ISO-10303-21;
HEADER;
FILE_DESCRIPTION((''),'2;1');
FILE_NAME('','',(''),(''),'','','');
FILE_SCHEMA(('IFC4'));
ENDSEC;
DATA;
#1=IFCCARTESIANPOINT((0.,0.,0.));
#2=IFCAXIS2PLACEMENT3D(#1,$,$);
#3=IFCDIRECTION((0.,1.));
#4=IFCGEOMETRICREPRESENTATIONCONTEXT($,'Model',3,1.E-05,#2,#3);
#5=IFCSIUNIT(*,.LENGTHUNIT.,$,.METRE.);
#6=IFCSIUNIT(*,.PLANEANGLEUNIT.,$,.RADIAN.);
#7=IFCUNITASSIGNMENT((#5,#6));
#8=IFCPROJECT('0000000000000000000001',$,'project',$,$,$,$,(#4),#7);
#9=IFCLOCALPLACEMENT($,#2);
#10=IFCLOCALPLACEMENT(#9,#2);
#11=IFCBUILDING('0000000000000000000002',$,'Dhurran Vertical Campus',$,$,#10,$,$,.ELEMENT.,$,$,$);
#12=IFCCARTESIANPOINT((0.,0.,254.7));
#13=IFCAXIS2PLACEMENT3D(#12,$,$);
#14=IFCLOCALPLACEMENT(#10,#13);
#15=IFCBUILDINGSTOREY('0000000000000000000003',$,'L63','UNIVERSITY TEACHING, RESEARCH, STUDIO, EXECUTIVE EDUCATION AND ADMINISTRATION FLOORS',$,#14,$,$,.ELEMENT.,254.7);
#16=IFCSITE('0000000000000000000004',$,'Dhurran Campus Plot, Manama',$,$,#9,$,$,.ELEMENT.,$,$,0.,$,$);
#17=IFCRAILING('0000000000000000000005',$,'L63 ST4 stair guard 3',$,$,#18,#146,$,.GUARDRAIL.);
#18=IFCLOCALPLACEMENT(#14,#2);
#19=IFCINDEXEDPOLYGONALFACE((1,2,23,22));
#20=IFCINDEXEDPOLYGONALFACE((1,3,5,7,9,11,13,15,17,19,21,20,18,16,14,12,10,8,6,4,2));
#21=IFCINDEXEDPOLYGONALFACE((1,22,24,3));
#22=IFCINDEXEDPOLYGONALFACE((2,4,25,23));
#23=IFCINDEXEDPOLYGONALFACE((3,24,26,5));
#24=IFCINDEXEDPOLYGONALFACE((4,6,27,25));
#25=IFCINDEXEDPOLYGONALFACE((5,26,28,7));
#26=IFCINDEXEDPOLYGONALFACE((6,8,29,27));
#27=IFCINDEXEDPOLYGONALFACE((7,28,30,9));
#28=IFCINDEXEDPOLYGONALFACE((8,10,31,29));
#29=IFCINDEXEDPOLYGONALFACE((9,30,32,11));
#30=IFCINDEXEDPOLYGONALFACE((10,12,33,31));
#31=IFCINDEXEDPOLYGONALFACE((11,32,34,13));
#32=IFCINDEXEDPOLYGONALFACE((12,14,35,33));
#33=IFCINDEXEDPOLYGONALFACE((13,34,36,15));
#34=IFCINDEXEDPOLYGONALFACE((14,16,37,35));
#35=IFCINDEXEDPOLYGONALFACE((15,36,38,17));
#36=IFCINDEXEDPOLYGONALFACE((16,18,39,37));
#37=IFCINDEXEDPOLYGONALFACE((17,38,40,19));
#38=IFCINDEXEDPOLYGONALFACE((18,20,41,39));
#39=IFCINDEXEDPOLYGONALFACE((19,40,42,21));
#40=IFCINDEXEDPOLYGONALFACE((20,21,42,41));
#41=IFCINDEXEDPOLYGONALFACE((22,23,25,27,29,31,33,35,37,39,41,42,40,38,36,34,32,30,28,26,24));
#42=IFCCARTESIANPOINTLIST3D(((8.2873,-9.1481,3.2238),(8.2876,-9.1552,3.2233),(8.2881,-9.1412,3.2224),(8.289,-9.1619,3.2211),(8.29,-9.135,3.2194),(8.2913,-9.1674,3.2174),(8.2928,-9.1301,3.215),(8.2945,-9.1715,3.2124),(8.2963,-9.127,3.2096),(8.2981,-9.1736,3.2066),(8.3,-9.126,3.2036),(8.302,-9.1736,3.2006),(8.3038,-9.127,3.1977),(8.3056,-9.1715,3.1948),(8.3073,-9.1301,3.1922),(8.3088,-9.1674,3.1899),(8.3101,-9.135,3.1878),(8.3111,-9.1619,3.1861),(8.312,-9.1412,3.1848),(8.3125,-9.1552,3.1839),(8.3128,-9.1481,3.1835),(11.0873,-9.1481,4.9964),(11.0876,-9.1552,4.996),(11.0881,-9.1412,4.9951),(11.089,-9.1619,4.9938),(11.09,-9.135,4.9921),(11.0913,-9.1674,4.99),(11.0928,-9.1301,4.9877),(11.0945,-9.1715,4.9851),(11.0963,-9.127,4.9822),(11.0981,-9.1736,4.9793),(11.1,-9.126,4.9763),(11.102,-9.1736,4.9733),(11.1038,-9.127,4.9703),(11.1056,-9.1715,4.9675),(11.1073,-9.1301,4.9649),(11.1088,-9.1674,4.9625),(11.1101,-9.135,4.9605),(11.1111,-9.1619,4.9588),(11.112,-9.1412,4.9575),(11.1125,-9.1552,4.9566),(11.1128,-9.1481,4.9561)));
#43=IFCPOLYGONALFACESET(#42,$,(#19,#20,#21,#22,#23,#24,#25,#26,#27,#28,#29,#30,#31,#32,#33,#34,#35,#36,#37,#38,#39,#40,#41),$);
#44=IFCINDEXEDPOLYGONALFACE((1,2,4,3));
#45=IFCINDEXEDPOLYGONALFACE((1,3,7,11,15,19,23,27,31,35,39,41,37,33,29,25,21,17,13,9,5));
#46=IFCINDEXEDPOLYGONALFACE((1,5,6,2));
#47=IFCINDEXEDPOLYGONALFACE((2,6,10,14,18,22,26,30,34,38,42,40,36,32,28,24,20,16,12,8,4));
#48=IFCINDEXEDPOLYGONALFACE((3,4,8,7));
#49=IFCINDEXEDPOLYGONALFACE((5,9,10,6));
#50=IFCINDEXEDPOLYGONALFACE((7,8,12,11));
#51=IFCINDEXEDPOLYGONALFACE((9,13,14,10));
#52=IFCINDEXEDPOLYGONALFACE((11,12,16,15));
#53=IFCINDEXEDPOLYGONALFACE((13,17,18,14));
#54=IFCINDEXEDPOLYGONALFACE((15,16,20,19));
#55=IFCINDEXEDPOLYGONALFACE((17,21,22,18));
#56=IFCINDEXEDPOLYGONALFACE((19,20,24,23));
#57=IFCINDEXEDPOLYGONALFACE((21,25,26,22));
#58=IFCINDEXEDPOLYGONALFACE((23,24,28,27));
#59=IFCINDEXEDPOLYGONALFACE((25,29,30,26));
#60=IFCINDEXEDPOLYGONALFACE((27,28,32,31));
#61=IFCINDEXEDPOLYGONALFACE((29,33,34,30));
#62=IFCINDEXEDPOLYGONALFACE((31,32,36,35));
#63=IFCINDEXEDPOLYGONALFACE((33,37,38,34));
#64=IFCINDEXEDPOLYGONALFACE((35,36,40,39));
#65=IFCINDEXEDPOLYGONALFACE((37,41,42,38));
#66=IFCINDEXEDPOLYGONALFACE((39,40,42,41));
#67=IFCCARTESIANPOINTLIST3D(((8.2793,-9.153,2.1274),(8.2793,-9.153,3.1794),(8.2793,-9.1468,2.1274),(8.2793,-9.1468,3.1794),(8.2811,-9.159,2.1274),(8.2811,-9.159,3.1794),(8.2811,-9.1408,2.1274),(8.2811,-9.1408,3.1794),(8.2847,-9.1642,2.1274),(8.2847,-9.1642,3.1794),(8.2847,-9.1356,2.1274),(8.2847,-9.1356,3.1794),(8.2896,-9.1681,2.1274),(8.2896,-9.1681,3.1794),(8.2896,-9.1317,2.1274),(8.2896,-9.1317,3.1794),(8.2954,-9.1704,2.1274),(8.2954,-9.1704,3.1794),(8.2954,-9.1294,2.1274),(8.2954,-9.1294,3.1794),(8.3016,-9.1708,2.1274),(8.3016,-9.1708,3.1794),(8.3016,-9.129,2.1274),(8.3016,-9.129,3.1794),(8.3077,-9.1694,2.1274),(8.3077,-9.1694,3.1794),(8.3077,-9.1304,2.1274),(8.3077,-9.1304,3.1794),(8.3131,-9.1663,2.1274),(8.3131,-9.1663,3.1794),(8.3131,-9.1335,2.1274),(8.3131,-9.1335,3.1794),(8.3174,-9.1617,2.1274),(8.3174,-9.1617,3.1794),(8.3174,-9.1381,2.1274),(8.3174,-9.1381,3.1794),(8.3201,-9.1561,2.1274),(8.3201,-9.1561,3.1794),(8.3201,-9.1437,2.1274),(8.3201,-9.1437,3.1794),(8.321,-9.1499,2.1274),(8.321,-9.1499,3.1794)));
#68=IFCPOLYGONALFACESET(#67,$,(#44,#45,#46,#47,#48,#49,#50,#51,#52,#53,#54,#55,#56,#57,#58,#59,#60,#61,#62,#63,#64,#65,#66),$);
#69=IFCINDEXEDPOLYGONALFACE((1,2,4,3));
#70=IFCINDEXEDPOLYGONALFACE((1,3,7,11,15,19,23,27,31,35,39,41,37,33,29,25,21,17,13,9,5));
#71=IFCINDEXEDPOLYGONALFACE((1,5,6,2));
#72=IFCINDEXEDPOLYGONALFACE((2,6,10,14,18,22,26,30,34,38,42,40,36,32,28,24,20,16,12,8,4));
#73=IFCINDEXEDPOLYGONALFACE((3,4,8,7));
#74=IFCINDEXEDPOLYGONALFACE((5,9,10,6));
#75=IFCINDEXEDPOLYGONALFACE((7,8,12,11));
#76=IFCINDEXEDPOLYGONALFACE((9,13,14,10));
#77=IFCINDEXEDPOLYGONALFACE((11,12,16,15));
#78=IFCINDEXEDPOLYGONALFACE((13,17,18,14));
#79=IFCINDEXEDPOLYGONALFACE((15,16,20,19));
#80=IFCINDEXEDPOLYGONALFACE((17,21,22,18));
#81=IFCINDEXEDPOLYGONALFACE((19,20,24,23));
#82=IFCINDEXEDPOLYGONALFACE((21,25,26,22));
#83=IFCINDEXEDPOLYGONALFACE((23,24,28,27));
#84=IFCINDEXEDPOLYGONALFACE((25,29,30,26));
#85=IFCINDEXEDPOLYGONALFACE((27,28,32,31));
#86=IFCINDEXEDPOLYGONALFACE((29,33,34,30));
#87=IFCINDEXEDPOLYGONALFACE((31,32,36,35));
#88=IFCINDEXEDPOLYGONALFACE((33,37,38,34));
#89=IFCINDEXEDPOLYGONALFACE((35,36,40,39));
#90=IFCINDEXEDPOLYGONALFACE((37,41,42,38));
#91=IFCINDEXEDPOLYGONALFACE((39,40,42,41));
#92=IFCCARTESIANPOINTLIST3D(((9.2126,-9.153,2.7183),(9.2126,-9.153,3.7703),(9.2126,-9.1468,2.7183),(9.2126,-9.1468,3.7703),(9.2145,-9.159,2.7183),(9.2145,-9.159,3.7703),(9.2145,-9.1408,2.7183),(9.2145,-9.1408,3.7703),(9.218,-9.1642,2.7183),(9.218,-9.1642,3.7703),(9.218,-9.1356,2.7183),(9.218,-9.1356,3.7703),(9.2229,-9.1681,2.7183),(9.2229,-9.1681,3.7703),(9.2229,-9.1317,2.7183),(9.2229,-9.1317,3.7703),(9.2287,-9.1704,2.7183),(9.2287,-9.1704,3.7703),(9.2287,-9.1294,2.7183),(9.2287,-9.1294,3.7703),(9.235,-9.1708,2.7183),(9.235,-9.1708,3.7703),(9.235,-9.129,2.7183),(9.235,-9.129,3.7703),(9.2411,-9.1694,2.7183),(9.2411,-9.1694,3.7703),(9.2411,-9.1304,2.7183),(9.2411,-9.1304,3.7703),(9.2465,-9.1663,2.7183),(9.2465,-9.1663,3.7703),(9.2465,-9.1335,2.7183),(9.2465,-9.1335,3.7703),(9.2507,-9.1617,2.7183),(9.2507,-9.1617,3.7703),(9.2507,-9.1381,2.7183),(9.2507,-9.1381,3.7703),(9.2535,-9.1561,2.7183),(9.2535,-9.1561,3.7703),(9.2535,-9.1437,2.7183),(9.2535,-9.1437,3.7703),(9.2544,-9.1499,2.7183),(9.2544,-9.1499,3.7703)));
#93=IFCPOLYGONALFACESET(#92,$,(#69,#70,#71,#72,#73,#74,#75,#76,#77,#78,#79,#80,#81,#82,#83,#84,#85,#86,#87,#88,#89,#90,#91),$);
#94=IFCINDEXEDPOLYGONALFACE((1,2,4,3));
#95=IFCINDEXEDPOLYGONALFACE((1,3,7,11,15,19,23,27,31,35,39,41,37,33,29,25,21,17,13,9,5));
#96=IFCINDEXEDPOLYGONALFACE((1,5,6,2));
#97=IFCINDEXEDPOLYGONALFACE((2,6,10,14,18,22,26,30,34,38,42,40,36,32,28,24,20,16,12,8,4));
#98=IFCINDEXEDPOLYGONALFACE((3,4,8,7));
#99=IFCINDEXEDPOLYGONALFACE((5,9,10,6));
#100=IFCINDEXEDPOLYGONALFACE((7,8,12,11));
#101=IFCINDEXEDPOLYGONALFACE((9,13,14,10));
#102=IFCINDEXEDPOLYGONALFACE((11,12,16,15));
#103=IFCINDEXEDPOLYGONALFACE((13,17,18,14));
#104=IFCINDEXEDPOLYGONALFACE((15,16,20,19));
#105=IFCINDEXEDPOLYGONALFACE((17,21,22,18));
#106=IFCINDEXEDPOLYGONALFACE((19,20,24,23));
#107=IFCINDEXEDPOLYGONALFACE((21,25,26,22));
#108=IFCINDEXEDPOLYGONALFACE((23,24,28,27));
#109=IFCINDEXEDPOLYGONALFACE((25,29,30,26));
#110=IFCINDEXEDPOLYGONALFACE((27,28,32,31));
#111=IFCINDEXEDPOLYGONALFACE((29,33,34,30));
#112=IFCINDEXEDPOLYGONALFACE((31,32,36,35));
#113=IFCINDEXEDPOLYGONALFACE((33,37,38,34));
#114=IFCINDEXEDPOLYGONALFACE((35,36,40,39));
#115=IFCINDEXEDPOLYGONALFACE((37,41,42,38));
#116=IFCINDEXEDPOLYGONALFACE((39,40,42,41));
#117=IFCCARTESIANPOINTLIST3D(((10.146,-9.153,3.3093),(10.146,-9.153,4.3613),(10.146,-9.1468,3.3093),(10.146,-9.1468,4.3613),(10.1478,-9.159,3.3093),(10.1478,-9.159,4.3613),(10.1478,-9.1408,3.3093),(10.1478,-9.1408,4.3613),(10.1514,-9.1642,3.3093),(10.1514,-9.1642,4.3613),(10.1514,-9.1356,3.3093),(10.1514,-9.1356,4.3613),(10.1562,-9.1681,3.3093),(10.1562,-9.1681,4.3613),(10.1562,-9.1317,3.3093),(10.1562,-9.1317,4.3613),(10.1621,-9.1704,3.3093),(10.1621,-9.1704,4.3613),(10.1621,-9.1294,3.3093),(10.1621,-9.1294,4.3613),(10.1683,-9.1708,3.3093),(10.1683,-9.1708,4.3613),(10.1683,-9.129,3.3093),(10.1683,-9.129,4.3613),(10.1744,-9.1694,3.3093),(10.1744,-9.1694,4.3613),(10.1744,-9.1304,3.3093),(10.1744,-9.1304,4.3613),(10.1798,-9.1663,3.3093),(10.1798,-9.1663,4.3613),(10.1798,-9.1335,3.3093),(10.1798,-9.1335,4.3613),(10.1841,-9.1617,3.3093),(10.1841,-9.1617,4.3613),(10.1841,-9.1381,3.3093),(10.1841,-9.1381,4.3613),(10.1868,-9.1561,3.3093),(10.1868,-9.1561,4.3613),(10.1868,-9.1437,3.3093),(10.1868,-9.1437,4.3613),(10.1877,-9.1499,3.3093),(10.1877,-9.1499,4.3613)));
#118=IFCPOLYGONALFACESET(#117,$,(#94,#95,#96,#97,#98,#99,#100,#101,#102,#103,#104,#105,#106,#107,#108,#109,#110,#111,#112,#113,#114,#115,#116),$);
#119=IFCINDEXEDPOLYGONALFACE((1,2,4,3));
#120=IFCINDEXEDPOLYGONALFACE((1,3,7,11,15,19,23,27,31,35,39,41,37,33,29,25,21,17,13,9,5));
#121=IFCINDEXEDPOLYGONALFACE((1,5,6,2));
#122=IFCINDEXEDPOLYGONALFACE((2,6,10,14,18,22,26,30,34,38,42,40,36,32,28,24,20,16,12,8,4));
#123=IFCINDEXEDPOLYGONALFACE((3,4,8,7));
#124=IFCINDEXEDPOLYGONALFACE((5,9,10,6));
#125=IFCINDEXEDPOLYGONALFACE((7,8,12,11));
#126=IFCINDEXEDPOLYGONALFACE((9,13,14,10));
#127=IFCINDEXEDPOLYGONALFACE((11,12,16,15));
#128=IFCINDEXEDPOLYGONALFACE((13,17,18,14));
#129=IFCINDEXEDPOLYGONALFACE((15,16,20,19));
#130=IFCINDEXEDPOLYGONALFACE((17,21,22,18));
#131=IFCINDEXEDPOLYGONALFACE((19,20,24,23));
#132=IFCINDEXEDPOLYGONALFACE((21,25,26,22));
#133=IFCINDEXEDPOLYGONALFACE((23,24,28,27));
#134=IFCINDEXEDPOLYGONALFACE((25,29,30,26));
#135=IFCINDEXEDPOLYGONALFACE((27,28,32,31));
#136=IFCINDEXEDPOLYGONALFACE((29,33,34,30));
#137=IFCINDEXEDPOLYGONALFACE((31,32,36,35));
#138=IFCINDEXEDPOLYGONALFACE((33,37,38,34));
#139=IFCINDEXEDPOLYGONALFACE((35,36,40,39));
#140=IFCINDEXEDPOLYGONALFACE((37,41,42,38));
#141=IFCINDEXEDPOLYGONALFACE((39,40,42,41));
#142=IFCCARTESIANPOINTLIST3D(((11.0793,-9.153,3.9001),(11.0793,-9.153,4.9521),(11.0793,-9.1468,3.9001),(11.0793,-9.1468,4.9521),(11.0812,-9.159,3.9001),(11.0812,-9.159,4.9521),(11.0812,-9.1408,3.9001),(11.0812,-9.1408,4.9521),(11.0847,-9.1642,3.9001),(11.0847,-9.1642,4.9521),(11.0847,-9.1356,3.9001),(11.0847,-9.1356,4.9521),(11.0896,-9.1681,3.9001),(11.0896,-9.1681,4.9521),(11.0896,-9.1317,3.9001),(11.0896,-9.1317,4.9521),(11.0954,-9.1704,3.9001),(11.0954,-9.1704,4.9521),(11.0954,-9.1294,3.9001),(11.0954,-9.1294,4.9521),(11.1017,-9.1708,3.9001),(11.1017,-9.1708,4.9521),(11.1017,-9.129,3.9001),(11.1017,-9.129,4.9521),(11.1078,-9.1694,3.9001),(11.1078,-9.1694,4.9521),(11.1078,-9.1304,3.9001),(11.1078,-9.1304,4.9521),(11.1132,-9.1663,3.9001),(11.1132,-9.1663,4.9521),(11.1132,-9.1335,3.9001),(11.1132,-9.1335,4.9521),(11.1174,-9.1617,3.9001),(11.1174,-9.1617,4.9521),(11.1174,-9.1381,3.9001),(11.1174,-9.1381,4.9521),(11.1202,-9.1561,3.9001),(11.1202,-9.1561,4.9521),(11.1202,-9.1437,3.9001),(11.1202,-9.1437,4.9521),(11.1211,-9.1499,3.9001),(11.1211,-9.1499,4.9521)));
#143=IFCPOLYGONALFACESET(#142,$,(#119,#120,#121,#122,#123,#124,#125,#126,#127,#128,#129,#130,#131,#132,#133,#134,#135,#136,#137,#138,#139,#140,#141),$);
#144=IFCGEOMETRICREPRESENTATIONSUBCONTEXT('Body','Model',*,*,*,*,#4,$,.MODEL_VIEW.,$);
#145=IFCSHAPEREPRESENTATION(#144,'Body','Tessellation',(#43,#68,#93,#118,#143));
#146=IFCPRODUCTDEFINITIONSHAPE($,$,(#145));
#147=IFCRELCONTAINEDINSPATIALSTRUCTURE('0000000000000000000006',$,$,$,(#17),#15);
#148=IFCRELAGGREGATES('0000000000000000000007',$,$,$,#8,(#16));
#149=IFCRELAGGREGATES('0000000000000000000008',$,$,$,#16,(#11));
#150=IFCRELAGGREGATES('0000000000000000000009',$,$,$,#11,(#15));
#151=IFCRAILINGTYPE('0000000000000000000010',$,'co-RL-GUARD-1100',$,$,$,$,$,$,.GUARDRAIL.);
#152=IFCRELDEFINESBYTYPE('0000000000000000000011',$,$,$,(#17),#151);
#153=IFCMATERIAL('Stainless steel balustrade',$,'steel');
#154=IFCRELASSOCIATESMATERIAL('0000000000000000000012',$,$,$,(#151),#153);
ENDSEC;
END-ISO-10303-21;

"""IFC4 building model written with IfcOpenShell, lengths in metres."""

from ifc_helpers import new_model, si_unit, direction, frame, origin, origin_2d, place, context, subcontext, project, spatial, circle, extrude, material, type_object, element, save


model = new_model("IFC4")

# Units and contexts
model_context = context("Model", 3, precision=1e-05, world=origin(), true_north=direction((0.0, 1.0)))
body_context = subcontext(model_context, "Body", "Model", "MODEL_VIEW")
ifc_project = project(units=[si_unit("LENGTHUNIT", "METRE"), si_unit("PLANEANGLEUNIT", "RADIAN")], contexts=[model_context])

# Site, building, storey
site_placement = place(None, origin())
site = spatial("IfcSite", under=ifc_project, at=site_placement, Name="Dhurran Campus Plot, Manama", CompositionType="ELEMENT", RefElevation=0.0)
building_placement = place(site_placement, origin())
building = spatial("IfcBuilding", under=site, at=building_placement, Name="Dhurran Vertical Campus", CompositionType="ELEMENT")
storey_placement = place(building_placement, frame((0.0, 0.0, 254.7)))
storey = spatial("IfcBuildingStorey", under=building, at=storey_placement, Name="L63", Description="UNIVERSITY TEACHING, RESEARCH, STUDIO, EXECUTIVE EDUCATION AND ADMINISTRATION FLOORS", CompositionType="ELEMENT", Elevation=254.7)

# Railing
ifc_material_1 = material(Name="Stainless steel balustrade", Category="steel")
railing_type_1 = type_object("IfcRailingType", Name="co-RL-GUARD-1100", PredefinedType="GUARDRAIL", material=ifc_material_1)
railing_1_placement = place(storey_placement, frame((8.3, -9.1499, 2.1274)))
element("IfcRailing", 1, at=railing_1_placement, inside=storey, type_object=railing_type_1, Name="L63 ST4 stair guard 3", PredefinedType="GUARDRAIL", context=body_context, shape_type="SweptSolid", body=[
    extrude(circle(Radius=0.0239, at=origin_2d()), frame((0.0, 0.0, 1.0762), z_axis=(0.844909, 0.0, 0.53491), x_axis=(0.0, 1.0, 0.0)), (0.0, 0.0, 1.0), 3.314),
    extrude(circle(Radius=0.021, at=origin_2d()), origin(), (0.0, 0.0, 1.0), 1.052),
    extrude(circle(Radius=0.021, at=origin_2d()), frame((0.9333, 0.0, 0.5908)), (0.0, 0.0, 1.0), 1.052),
    extrude(circle(Radius=0.021, at=origin_2d()), frame((1.8667, 0.0, 1.1819)), (0.0, 0.0, 1.0), 1.052),
    extrude(circle(Radius=0.021, at=origin_2d()), frame((2.8, 0.0, 1.7727)), (0.0, 0.0, 1.0), 1.052),
])

save(model, "model.ifc")
